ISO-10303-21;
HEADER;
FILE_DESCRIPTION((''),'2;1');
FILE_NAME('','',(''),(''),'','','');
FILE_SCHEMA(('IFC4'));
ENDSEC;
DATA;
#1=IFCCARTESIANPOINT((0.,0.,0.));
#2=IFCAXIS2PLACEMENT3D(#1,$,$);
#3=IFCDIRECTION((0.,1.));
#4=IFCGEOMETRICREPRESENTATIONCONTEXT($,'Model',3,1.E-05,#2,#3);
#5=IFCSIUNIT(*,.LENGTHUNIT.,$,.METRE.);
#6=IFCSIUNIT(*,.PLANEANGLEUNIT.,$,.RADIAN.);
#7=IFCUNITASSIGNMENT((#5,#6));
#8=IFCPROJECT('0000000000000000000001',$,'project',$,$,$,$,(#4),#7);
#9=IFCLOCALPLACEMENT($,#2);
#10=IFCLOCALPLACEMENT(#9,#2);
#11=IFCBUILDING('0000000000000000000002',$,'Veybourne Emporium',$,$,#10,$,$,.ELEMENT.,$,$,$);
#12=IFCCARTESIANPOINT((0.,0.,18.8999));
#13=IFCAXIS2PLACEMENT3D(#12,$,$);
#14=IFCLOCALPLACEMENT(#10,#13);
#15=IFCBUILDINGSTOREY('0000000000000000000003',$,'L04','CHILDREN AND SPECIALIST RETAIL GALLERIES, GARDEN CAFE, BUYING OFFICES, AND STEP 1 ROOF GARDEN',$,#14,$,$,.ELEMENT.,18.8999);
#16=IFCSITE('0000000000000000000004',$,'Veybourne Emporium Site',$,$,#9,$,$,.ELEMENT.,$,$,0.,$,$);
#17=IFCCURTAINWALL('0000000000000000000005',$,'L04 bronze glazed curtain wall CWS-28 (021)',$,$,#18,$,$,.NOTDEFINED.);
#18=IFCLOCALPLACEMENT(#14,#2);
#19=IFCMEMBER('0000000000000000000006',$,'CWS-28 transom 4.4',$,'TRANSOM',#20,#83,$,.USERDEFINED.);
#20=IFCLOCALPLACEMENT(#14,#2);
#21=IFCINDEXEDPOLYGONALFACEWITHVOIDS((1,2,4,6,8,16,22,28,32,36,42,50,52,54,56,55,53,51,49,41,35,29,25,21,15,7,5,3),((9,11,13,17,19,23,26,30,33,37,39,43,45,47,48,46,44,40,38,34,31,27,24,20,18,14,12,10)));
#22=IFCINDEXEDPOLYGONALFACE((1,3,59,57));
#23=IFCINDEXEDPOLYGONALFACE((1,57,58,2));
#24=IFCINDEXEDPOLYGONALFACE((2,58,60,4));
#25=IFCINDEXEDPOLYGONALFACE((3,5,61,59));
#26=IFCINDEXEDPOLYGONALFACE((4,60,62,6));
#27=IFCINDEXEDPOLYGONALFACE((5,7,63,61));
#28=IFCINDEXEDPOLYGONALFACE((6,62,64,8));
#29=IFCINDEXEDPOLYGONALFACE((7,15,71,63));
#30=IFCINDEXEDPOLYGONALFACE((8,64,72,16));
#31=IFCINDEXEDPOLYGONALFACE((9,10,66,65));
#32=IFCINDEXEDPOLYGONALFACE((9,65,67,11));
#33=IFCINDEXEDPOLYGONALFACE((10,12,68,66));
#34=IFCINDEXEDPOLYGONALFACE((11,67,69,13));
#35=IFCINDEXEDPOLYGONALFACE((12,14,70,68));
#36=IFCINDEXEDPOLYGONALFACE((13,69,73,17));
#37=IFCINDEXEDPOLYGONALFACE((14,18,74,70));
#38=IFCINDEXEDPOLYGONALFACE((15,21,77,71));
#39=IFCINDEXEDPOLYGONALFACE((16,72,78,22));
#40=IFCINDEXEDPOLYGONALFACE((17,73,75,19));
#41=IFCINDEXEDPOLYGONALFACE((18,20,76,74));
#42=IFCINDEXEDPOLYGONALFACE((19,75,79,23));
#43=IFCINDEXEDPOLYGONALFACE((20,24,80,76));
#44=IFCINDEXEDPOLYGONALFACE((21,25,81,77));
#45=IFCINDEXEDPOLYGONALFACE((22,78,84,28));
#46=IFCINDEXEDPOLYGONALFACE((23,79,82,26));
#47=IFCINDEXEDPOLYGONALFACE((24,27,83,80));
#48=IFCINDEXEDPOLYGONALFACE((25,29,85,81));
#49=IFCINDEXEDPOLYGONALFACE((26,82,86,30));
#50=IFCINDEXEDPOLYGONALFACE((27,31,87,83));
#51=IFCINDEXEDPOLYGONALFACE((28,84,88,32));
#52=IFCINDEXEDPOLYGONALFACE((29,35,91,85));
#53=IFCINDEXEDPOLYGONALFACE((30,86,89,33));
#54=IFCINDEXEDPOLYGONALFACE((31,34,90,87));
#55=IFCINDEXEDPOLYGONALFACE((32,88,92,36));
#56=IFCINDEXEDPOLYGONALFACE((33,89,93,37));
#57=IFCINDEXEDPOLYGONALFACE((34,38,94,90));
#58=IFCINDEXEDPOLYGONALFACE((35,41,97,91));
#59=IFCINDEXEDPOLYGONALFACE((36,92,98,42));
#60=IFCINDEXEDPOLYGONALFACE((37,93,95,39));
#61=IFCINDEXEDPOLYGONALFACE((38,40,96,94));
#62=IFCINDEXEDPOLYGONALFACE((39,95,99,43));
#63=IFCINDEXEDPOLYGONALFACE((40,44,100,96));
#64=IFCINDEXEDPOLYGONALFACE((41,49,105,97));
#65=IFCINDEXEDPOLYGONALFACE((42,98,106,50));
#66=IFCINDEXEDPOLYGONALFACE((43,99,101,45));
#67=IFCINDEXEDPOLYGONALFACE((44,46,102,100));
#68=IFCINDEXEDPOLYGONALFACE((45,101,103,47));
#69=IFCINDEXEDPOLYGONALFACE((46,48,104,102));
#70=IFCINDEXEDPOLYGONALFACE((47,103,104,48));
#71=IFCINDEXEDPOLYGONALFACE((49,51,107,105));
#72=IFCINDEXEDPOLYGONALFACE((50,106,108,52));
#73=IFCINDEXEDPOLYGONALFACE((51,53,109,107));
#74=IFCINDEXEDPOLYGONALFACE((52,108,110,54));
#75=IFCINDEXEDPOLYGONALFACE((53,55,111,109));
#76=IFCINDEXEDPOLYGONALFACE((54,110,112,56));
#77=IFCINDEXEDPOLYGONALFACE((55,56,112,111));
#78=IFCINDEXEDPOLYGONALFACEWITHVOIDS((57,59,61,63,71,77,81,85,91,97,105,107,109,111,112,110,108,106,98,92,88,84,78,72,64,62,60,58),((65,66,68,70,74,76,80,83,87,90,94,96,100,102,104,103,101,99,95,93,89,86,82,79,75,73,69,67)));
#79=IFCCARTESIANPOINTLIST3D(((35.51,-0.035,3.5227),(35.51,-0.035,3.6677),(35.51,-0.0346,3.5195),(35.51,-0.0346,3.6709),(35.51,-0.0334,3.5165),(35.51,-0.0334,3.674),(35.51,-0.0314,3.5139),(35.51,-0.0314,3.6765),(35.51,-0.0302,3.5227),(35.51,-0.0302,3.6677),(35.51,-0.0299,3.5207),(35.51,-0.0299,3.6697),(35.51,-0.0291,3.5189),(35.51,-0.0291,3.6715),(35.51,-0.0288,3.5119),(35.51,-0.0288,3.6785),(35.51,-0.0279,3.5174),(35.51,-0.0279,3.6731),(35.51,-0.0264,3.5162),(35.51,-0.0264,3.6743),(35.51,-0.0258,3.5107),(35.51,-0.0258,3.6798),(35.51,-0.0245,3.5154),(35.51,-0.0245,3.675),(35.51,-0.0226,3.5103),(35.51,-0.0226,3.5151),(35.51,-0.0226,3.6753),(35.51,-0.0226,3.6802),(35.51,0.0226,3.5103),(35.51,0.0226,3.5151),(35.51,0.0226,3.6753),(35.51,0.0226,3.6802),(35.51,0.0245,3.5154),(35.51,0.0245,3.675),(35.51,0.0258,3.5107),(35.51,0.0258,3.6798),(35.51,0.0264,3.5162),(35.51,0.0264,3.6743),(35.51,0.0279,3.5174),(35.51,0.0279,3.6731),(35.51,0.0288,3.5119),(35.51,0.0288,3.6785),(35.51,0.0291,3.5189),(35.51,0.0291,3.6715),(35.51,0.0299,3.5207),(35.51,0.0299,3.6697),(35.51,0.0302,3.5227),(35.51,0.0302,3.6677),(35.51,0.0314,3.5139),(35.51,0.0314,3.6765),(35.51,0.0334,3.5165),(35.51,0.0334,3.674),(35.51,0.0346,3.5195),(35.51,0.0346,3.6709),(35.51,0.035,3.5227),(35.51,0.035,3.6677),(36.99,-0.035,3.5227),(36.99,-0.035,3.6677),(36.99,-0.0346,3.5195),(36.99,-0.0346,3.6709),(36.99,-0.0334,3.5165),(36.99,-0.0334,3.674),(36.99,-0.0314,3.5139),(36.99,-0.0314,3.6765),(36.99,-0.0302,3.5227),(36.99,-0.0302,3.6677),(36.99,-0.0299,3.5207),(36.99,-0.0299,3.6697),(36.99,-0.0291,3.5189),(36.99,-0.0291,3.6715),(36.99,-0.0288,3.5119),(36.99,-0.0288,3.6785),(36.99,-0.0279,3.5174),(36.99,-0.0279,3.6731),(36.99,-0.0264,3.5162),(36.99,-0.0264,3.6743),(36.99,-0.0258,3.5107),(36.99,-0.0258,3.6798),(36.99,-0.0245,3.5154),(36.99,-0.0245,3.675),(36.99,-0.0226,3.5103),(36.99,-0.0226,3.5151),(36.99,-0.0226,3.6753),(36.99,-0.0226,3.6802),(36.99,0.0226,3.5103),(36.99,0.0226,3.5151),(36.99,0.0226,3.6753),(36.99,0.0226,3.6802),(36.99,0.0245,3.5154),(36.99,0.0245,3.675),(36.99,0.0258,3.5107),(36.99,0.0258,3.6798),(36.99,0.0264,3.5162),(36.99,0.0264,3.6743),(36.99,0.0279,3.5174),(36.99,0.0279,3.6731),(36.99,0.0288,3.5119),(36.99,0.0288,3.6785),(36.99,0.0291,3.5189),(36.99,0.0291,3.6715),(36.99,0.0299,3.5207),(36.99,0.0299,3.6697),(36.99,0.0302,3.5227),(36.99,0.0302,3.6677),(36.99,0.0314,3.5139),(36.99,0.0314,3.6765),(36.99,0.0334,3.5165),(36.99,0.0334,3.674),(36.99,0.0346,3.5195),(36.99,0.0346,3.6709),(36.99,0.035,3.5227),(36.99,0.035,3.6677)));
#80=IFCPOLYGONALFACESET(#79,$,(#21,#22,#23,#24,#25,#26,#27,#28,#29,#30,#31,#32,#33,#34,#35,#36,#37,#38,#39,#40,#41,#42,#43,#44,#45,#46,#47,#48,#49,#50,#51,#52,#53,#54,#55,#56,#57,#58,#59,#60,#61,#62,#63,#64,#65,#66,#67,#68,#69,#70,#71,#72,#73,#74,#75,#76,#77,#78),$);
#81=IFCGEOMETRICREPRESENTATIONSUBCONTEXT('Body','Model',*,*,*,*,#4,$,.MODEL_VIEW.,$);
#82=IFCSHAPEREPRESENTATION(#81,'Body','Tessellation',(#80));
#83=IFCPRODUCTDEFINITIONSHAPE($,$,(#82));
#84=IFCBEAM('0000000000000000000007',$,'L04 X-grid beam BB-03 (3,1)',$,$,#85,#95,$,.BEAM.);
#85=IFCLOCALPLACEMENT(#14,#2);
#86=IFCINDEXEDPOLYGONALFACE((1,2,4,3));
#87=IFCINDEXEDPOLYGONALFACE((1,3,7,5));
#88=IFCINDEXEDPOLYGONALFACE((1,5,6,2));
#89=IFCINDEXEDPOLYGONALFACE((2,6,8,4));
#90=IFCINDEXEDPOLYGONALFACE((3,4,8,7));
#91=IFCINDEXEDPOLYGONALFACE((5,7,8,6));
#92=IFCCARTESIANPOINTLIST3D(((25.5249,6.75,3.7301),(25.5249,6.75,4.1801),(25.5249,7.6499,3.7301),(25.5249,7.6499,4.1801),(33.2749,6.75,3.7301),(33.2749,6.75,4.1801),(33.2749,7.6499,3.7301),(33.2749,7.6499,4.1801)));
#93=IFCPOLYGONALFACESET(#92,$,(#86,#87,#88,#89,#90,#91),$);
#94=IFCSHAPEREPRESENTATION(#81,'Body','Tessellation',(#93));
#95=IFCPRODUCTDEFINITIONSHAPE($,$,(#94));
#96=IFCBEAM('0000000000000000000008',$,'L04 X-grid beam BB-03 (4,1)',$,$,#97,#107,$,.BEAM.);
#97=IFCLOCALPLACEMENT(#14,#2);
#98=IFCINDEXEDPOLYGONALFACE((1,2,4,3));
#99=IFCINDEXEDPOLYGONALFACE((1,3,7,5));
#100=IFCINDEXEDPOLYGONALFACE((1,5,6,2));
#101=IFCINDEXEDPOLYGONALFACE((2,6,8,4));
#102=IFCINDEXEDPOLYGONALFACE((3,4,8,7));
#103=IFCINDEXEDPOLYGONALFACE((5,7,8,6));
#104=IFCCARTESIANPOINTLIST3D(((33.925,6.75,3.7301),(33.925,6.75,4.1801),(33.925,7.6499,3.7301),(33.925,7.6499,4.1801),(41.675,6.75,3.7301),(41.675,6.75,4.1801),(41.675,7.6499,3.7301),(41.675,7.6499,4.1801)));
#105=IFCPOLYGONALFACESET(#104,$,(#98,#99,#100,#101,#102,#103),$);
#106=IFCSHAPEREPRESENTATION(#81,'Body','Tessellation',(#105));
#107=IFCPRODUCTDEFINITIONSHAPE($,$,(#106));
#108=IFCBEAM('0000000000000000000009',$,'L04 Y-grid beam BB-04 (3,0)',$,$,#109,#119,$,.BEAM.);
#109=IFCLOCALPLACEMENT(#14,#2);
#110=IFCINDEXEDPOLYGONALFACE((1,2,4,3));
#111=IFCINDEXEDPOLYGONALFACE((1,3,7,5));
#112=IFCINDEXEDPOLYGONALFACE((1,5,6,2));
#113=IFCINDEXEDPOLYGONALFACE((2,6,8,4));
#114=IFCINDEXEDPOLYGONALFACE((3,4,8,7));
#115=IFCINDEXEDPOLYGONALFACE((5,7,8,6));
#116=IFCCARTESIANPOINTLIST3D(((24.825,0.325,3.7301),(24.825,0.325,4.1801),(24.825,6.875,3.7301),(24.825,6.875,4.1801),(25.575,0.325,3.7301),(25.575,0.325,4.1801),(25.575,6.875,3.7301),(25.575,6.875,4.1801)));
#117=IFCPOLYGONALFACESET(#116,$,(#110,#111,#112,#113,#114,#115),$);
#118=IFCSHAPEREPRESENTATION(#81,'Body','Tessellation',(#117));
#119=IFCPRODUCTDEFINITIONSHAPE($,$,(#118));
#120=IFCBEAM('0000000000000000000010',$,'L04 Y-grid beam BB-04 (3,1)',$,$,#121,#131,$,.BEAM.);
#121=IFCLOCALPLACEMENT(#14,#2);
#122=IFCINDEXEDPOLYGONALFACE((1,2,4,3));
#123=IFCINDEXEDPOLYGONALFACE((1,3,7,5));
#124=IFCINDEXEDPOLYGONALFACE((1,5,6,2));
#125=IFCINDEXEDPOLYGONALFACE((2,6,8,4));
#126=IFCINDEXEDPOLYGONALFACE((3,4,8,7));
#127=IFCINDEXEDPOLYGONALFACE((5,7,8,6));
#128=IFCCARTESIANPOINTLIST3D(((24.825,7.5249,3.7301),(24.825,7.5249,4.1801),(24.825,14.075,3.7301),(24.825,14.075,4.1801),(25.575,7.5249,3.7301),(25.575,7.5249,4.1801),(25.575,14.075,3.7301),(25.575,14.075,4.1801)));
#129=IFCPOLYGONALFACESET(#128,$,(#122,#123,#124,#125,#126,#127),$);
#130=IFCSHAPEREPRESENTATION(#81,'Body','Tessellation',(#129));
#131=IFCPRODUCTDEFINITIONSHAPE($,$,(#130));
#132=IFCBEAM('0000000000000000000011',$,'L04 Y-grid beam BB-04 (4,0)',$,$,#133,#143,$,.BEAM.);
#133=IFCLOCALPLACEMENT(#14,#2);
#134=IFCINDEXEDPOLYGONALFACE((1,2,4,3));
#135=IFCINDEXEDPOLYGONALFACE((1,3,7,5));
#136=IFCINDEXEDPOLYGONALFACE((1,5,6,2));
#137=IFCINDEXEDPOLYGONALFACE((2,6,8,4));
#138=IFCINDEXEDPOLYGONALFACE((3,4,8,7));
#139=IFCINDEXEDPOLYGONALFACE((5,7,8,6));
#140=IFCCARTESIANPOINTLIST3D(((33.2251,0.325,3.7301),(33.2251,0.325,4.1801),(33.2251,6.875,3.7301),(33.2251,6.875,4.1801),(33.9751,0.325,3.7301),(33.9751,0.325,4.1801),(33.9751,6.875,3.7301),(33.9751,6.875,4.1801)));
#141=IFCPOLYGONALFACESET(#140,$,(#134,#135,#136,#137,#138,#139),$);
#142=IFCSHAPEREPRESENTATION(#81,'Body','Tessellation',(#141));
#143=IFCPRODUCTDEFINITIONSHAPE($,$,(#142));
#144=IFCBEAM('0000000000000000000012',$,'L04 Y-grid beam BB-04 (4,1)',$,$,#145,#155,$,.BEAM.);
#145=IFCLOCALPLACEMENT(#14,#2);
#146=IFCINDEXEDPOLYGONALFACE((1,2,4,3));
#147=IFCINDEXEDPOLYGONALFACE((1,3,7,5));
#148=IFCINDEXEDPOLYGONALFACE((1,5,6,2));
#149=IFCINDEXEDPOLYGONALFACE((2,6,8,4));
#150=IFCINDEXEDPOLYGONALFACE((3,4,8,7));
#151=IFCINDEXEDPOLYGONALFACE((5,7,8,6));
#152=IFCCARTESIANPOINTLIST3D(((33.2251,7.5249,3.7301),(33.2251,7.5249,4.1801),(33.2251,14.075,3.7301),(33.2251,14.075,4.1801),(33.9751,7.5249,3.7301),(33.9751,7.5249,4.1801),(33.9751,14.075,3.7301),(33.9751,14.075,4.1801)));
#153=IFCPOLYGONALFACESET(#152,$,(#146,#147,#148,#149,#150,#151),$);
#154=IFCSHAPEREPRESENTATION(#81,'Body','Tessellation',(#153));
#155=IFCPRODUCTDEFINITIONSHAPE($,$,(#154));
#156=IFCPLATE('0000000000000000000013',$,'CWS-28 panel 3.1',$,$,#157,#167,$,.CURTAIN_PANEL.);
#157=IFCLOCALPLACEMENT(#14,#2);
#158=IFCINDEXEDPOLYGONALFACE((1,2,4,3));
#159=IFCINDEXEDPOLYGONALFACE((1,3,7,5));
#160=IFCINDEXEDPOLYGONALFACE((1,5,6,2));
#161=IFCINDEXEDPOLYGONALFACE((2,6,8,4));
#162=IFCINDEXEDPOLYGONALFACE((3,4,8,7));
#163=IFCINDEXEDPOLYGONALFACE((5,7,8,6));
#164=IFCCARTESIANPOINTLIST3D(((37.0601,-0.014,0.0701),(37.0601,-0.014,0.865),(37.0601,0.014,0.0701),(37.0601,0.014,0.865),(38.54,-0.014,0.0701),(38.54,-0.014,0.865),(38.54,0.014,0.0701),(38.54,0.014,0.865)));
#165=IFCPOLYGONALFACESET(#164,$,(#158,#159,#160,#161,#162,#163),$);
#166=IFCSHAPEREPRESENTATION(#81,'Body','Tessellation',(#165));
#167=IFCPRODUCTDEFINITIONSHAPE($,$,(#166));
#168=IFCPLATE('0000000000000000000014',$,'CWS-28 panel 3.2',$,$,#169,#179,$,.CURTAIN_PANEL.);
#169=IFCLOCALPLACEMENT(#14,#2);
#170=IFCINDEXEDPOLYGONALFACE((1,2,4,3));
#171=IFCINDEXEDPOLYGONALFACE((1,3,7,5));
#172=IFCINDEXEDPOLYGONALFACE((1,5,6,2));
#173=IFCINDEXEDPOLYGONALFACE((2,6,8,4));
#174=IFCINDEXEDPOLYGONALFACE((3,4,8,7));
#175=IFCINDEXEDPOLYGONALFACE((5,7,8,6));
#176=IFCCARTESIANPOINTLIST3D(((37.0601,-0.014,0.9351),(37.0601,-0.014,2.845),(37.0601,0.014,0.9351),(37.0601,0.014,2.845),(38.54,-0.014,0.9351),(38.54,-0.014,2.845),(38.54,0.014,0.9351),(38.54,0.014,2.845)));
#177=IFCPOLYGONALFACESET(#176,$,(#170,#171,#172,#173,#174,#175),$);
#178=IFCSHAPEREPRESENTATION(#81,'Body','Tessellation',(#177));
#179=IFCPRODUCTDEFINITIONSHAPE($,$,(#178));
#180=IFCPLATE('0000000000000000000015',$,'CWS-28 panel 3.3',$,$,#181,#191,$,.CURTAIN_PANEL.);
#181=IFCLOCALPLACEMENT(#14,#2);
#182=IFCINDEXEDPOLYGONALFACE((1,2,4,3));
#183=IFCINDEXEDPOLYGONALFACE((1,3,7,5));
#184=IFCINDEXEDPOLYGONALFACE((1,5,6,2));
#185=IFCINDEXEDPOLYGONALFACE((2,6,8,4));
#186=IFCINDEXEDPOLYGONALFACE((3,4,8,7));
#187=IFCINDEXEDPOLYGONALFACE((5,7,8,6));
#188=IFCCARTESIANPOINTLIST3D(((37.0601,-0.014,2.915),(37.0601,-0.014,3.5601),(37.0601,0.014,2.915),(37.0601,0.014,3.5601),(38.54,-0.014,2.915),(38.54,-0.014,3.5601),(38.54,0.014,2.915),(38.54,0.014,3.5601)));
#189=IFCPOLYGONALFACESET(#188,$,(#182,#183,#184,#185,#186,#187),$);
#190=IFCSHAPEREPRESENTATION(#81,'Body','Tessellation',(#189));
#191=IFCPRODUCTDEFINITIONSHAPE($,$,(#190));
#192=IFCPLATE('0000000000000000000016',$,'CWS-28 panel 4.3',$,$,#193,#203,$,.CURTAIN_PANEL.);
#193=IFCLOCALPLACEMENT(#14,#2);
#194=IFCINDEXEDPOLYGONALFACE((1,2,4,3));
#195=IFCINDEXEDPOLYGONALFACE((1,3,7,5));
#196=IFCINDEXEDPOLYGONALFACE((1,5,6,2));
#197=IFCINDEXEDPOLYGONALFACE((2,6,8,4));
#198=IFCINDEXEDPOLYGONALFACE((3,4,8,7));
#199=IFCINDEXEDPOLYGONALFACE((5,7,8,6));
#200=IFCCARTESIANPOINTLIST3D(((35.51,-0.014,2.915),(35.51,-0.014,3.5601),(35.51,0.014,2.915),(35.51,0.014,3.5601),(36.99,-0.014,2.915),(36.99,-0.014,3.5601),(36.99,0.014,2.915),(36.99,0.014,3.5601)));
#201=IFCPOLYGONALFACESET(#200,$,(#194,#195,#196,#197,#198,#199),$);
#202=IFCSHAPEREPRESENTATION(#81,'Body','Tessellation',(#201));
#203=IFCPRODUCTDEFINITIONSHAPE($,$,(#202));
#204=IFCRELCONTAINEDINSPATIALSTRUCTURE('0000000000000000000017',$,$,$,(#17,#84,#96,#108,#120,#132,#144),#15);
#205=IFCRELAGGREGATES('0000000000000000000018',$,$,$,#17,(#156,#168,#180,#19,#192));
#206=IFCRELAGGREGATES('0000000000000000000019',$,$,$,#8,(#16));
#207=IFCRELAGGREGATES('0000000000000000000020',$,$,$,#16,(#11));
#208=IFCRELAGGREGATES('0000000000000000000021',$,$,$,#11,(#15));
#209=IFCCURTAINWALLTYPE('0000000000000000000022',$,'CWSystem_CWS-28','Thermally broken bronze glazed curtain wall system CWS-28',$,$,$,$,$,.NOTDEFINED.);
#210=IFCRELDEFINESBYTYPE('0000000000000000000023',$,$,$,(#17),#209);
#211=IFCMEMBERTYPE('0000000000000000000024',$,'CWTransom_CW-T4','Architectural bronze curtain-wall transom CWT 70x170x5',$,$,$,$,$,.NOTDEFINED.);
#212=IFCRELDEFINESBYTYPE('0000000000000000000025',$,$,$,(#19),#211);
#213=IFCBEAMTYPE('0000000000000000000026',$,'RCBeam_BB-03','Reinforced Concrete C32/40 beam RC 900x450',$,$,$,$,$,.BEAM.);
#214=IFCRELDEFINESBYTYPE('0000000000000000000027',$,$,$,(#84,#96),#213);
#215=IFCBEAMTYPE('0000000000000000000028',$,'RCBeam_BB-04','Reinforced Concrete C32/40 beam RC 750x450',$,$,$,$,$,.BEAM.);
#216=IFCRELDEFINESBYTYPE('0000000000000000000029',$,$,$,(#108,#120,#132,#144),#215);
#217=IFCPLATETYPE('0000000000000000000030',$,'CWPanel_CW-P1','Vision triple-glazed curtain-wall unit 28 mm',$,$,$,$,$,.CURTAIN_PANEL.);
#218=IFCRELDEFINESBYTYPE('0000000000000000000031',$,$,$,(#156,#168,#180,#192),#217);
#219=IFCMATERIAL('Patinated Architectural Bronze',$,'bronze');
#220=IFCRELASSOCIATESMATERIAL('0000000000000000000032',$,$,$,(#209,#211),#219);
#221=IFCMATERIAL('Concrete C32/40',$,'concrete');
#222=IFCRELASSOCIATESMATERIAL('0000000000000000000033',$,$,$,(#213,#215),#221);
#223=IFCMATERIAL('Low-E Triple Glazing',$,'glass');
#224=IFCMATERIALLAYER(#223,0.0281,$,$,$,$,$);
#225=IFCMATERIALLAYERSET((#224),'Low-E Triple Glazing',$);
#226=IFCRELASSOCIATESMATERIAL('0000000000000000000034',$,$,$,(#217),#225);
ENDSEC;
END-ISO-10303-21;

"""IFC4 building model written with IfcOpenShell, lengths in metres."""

from ifc_helpers import new_model, si_unit, direction, frame, origin, origin_2d, place, context, subcontext, project, spatial, rectangle, hollow_rectangle, extrude, material, layer, layer_set, material_profile, profile_set, type_object, element, aggregate, save


model = new_model("IFC4")

# Units and contexts
model_context = context("Model", 3, precision=1e-05, world=origin(), true_north=direction((0.0, 1.0)))
body_context = subcontext(model_context, "Body", "Model", "MODEL_VIEW")
ifc_project = project(units=[si_unit("LENGTHUNIT", "METRE"), si_unit("PLANEANGLEUNIT", "RADIAN")], contexts=[model_context])

# Site, building, storey
site_placement = place(None, origin())
site = spatial("IfcSite", under=ifc_project, at=site_placement, Name="Veybourne Emporium Site", CompositionType="ELEMENT", RefElevation=0.0)
building_placement = place(site_placement, origin())
building = spatial("IfcBuilding", under=site, at=building_placement, Name="Veybourne Emporium", CompositionType="ELEMENT")
storey_placement = place(building_placement, frame((0.0, 0.0, 18.8999)))
storey = spatial("IfcBuildingStorey", under=building, at=storey_placement, Name="L04", Description="CHILDREN AND SPECIALIST RETAIL GALLERIES, GARDEN CAFE, BUYING OFFICES, AND STEP 1 ROOF GARDEN", CompositionType="ELEMENT", Elevation=18.8999)

# Curtain wall, member
ifc_material_1 = material(Name="Patinated Architectural Bronze", Category="bronze")
curtain_wall_type = type_object("IfcCurtainWallType", Name="CWSystem_CWS-28", Description="Thermally broken bronze glazed curtain wall system CWS-28", PredefinedType="NOTDEFINED", material=ifc_material_1)
curtain_wall_placement = place(storey_placement, origin())
curtain_wall = element("IfcCurtainWall", 1, at=curtain_wall_placement, inside=storey, type_object=curtain_wall_type, Name="L04 bronze glazed curtain wall CWS-28 (021)", PredefinedType="NOTDEFINED")
ifc_material_profile_1 = material_profile(ifc_material_1, hollow_rectangle(XDim=0.0701, YDim=0.1699, WallThickness=0.0049, InnerFilletRadius=0.0076, OuterFilletRadius=0.0125, at=origin_2d()), Name="CWT 70x170x5")
ifc_profile_set_1 = profile_set([ifc_material_profile_1], Name="Patinated Architectural Bronze")
member_type_1 = type_object("IfcMemberType", Name="CWTransom_CW-T4", Description="Architectural bronze curtain-wall transom CWT 70x170x5", PredefinedType="NOTDEFINED", material=ifc_profile_set_1)
member_1_placement = place(storey_placement, frame((36.99, 0.0, 3.5952), z_axis=(-1.0, 0.0, 0.0), x_axis=(0.0, -1.0, 0.0)))
member_1 = element("IfcMember", 2, at=member_1_placement, type_object=member_type_1, Name="CWS-28 transom 4.4", ObjectType="TRANSOM", PredefinedType="USERDEFINED", context=body_context, shape_type="SweptSolid", body=[
    extrude(hollow_rectangle(XDim=0.0701, YDim=0.1699, WallThickness=0.0049, InnerFilletRadius=0.0076, OuterFilletRadius=0.0125, at=origin_2d()), origin(), (0.0, 0.0, 1.0), 1.48),
])

# Beams
ifc_material_2 = material(Name="Concrete C32/40", Category="concrete")
ifc_material_profile_2 = material_profile(ifc_material_2, rectangle(XDim=0.8999, YDim=0.45, at=origin_2d()), Name="RC 900x450")
ifc_profile_set_2 = profile_set([ifc_material_profile_2], Name="Concrete C32/40")
beam_type_1 = type_object("IfcBeamType", Name="RCBeam_BB-03", Description="Reinforced Concrete C32/40 beam RC 900x450", PredefinedType="BEAM", material=ifc_profile_set_2)
for number, where, z_axis, x_axis, name in (
    (3, (25.5249, 7.2, 3.9551), (1.0, 0.0, 0.0), (0.0, 1.0, 0.0), "L04 X-grid beam BB-03 (3,1)"),
    (4, (33.925, 7.2, 3.9551), (1.0, 0.0, 0.0), (0.0, 1.0, 0.0), "L04 X-grid beam BB-03 (4,1)"),
):
    element("IfcBeam", number, at=place(storey_placement, frame(where, z_axis=z_axis, x_axis=x_axis)), inside=storey, type_object=beam_type_1, Name=name, PredefinedType="BEAM", context=body_context, shape_type="SweptSolid", body=[
        extrude(rectangle(XDim=0.8999, YDim=0.45, at=origin_2d()), origin(), (0.0, 0.0, 1.0), 7.75),
    ])
ifc_material_profile_3 = material_profile(ifc_material_2, rectangle(XDim=0.75, YDim=0.45, at=origin_2d()), Name="RC 750x450")
ifc_profile_set_3 = profile_set([ifc_material_profile_3], Name="Concrete C32/40")
beam_type_2 = type_object("IfcBeamType", Name="RCBeam_BB-04", Description="Reinforced Concrete C32/40 beam RC 750x450", PredefinedType="BEAM", material=ifc_profile_set_3)
for number, where, z_axis, x_axis, name in (
    (5, (25.2, 0.325, 3.9551), (0.0, 1.0, 0.0), (-1.0, 0.0, 0.0), "L04 Y-grid beam BB-04 (3,0)"),
    (6, (25.2, 7.5249, 3.9551), (0.0, 1.0, 0.0), (-1.0, 0.0, 0.0), "L04 Y-grid beam BB-04 (3,1)"),
    (7, (33.6001, 0.325, 3.9551), (0.0, 1.0, 0.0), (-1.0, 0.0, 0.0), "L04 Y-grid beam BB-04 (4,0)"),
    (8, (33.6001, 7.5249, 3.9551), (0.0, 1.0, 0.0), (-1.0, 0.0, 0.0), "L04 Y-grid beam BB-04 (4,1)"),
):
    element("IfcBeam", number, at=place(storey_placement, frame(where, z_axis=z_axis, x_axis=x_axis)), inside=storey, type_object=beam_type_2, Name=name, PredefinedType="BEAM", context=body_context, shape_type="SweptSolid", body=[
        extrude(rectangle(XDim=0.75, YDim=0.45, at=origin_2d()), origin(), (0.0, 0.0, 1.0), 6.55),
    ])

# Plates
ifc_material_3 = material(Name="Low-E Triple Glazing", Category="glass")
ifc_layer_1 = layer(ifc_material_3, 0.0281)
ifc_layer_set_1 = layer_set([ifc_layer_1], Name="Low-E Triple Glazing")
plate_type = type_object("IfcPlateType", Name="CWPanel_CW-P1", Description="Vision triple-glazed curtain-wall unit 28 mm", PredefinedType="CURTAIN_PANEL", material=ifc_layer_set_1)
plate_1_placement = place(storey_placement, frame((37.8, 0.0, 0.0701), z_axis=(0.0, 0.0, 1.0), x_axis=(-1.0, 0.0, 0.0)))
plate_1 = element("IfcPlate", 9, at=plate_1_placement, type_object=plate_type, Name="CWS-28 panel 3.1", PredefinedType="CURTAIN_PANEL", context=body_context, shape_type="SweptSolid", body=[
    extrude(rectangle(XDim=1.48, YDim=0.0281, at=origin_2d()), origin(), (0.0, 0.0, 1.0), 0.7949),
])
plate_2_placement = place(storey_placement, frame((37.8, 0.0, 0.9351), z_axis=(0.0, 0.0, 1.0), x_axis=(-1.0, 0.0, 0.0)))
plate_2 = element("IfcPlate", 10, at=plate_2_placement, type_object=plate_type, Name="CWS-28 panel 3.2", PredefinedType="CURTAIN_PANEL", context=body_context, shape_type="SweptSolid", body=[
    extrude(rectangle(XDim=1.48, YDim=0.0281, at=origin_2d()), origin(), (0.0, 0.0, 1.0), 1.9099),
])
plate_3_placement = place(storey_placement, frame((37.8, 0.0, 2.915), z_axis=(0.0, 0.0, 1.0), x_axis=(-1.0, 0.0, 0.0)))
plate_3 = element("IfcPlate", 11, at=plate_3_placement, type_object=plate_type, Name="CWS-28 panel 3.3", PredefinedType="CURTAIN_PANEL", context=body_context, shape_type="SweptSolid", body=[
    extrude(rectangle(XDim=1.48, YDim=0.0281, at=origin_2d()), origin(), (0.0, 0.0, 1.0), 0.645),
])
plate_4_placement = place(storey_placement, frame((36.25, 0.0, 2.915), z_axis=(0.0, 0.0, 1.0), x_axis=(-1.0, 0.0, 0.0)))
plate_4 = element("IfcPlate", 12, at=plate_4_placement, type_object=plate_type, Name="CWS-28 panel 4.3", PredefinedType="CURTAIN_PANEL", context=body_context, shape_type="SweptSolid", body=[
    extrude(rectangle(XDim=1.48, YDim=0.0281, at=origin_2d()), origin(), (0.0, 0.0, 1.0), 0.645),
])
aggregate(curtain_wall, [plate_1, plate_2, plate_3, member_1, plate_4])

save(model, "model.ifc")
